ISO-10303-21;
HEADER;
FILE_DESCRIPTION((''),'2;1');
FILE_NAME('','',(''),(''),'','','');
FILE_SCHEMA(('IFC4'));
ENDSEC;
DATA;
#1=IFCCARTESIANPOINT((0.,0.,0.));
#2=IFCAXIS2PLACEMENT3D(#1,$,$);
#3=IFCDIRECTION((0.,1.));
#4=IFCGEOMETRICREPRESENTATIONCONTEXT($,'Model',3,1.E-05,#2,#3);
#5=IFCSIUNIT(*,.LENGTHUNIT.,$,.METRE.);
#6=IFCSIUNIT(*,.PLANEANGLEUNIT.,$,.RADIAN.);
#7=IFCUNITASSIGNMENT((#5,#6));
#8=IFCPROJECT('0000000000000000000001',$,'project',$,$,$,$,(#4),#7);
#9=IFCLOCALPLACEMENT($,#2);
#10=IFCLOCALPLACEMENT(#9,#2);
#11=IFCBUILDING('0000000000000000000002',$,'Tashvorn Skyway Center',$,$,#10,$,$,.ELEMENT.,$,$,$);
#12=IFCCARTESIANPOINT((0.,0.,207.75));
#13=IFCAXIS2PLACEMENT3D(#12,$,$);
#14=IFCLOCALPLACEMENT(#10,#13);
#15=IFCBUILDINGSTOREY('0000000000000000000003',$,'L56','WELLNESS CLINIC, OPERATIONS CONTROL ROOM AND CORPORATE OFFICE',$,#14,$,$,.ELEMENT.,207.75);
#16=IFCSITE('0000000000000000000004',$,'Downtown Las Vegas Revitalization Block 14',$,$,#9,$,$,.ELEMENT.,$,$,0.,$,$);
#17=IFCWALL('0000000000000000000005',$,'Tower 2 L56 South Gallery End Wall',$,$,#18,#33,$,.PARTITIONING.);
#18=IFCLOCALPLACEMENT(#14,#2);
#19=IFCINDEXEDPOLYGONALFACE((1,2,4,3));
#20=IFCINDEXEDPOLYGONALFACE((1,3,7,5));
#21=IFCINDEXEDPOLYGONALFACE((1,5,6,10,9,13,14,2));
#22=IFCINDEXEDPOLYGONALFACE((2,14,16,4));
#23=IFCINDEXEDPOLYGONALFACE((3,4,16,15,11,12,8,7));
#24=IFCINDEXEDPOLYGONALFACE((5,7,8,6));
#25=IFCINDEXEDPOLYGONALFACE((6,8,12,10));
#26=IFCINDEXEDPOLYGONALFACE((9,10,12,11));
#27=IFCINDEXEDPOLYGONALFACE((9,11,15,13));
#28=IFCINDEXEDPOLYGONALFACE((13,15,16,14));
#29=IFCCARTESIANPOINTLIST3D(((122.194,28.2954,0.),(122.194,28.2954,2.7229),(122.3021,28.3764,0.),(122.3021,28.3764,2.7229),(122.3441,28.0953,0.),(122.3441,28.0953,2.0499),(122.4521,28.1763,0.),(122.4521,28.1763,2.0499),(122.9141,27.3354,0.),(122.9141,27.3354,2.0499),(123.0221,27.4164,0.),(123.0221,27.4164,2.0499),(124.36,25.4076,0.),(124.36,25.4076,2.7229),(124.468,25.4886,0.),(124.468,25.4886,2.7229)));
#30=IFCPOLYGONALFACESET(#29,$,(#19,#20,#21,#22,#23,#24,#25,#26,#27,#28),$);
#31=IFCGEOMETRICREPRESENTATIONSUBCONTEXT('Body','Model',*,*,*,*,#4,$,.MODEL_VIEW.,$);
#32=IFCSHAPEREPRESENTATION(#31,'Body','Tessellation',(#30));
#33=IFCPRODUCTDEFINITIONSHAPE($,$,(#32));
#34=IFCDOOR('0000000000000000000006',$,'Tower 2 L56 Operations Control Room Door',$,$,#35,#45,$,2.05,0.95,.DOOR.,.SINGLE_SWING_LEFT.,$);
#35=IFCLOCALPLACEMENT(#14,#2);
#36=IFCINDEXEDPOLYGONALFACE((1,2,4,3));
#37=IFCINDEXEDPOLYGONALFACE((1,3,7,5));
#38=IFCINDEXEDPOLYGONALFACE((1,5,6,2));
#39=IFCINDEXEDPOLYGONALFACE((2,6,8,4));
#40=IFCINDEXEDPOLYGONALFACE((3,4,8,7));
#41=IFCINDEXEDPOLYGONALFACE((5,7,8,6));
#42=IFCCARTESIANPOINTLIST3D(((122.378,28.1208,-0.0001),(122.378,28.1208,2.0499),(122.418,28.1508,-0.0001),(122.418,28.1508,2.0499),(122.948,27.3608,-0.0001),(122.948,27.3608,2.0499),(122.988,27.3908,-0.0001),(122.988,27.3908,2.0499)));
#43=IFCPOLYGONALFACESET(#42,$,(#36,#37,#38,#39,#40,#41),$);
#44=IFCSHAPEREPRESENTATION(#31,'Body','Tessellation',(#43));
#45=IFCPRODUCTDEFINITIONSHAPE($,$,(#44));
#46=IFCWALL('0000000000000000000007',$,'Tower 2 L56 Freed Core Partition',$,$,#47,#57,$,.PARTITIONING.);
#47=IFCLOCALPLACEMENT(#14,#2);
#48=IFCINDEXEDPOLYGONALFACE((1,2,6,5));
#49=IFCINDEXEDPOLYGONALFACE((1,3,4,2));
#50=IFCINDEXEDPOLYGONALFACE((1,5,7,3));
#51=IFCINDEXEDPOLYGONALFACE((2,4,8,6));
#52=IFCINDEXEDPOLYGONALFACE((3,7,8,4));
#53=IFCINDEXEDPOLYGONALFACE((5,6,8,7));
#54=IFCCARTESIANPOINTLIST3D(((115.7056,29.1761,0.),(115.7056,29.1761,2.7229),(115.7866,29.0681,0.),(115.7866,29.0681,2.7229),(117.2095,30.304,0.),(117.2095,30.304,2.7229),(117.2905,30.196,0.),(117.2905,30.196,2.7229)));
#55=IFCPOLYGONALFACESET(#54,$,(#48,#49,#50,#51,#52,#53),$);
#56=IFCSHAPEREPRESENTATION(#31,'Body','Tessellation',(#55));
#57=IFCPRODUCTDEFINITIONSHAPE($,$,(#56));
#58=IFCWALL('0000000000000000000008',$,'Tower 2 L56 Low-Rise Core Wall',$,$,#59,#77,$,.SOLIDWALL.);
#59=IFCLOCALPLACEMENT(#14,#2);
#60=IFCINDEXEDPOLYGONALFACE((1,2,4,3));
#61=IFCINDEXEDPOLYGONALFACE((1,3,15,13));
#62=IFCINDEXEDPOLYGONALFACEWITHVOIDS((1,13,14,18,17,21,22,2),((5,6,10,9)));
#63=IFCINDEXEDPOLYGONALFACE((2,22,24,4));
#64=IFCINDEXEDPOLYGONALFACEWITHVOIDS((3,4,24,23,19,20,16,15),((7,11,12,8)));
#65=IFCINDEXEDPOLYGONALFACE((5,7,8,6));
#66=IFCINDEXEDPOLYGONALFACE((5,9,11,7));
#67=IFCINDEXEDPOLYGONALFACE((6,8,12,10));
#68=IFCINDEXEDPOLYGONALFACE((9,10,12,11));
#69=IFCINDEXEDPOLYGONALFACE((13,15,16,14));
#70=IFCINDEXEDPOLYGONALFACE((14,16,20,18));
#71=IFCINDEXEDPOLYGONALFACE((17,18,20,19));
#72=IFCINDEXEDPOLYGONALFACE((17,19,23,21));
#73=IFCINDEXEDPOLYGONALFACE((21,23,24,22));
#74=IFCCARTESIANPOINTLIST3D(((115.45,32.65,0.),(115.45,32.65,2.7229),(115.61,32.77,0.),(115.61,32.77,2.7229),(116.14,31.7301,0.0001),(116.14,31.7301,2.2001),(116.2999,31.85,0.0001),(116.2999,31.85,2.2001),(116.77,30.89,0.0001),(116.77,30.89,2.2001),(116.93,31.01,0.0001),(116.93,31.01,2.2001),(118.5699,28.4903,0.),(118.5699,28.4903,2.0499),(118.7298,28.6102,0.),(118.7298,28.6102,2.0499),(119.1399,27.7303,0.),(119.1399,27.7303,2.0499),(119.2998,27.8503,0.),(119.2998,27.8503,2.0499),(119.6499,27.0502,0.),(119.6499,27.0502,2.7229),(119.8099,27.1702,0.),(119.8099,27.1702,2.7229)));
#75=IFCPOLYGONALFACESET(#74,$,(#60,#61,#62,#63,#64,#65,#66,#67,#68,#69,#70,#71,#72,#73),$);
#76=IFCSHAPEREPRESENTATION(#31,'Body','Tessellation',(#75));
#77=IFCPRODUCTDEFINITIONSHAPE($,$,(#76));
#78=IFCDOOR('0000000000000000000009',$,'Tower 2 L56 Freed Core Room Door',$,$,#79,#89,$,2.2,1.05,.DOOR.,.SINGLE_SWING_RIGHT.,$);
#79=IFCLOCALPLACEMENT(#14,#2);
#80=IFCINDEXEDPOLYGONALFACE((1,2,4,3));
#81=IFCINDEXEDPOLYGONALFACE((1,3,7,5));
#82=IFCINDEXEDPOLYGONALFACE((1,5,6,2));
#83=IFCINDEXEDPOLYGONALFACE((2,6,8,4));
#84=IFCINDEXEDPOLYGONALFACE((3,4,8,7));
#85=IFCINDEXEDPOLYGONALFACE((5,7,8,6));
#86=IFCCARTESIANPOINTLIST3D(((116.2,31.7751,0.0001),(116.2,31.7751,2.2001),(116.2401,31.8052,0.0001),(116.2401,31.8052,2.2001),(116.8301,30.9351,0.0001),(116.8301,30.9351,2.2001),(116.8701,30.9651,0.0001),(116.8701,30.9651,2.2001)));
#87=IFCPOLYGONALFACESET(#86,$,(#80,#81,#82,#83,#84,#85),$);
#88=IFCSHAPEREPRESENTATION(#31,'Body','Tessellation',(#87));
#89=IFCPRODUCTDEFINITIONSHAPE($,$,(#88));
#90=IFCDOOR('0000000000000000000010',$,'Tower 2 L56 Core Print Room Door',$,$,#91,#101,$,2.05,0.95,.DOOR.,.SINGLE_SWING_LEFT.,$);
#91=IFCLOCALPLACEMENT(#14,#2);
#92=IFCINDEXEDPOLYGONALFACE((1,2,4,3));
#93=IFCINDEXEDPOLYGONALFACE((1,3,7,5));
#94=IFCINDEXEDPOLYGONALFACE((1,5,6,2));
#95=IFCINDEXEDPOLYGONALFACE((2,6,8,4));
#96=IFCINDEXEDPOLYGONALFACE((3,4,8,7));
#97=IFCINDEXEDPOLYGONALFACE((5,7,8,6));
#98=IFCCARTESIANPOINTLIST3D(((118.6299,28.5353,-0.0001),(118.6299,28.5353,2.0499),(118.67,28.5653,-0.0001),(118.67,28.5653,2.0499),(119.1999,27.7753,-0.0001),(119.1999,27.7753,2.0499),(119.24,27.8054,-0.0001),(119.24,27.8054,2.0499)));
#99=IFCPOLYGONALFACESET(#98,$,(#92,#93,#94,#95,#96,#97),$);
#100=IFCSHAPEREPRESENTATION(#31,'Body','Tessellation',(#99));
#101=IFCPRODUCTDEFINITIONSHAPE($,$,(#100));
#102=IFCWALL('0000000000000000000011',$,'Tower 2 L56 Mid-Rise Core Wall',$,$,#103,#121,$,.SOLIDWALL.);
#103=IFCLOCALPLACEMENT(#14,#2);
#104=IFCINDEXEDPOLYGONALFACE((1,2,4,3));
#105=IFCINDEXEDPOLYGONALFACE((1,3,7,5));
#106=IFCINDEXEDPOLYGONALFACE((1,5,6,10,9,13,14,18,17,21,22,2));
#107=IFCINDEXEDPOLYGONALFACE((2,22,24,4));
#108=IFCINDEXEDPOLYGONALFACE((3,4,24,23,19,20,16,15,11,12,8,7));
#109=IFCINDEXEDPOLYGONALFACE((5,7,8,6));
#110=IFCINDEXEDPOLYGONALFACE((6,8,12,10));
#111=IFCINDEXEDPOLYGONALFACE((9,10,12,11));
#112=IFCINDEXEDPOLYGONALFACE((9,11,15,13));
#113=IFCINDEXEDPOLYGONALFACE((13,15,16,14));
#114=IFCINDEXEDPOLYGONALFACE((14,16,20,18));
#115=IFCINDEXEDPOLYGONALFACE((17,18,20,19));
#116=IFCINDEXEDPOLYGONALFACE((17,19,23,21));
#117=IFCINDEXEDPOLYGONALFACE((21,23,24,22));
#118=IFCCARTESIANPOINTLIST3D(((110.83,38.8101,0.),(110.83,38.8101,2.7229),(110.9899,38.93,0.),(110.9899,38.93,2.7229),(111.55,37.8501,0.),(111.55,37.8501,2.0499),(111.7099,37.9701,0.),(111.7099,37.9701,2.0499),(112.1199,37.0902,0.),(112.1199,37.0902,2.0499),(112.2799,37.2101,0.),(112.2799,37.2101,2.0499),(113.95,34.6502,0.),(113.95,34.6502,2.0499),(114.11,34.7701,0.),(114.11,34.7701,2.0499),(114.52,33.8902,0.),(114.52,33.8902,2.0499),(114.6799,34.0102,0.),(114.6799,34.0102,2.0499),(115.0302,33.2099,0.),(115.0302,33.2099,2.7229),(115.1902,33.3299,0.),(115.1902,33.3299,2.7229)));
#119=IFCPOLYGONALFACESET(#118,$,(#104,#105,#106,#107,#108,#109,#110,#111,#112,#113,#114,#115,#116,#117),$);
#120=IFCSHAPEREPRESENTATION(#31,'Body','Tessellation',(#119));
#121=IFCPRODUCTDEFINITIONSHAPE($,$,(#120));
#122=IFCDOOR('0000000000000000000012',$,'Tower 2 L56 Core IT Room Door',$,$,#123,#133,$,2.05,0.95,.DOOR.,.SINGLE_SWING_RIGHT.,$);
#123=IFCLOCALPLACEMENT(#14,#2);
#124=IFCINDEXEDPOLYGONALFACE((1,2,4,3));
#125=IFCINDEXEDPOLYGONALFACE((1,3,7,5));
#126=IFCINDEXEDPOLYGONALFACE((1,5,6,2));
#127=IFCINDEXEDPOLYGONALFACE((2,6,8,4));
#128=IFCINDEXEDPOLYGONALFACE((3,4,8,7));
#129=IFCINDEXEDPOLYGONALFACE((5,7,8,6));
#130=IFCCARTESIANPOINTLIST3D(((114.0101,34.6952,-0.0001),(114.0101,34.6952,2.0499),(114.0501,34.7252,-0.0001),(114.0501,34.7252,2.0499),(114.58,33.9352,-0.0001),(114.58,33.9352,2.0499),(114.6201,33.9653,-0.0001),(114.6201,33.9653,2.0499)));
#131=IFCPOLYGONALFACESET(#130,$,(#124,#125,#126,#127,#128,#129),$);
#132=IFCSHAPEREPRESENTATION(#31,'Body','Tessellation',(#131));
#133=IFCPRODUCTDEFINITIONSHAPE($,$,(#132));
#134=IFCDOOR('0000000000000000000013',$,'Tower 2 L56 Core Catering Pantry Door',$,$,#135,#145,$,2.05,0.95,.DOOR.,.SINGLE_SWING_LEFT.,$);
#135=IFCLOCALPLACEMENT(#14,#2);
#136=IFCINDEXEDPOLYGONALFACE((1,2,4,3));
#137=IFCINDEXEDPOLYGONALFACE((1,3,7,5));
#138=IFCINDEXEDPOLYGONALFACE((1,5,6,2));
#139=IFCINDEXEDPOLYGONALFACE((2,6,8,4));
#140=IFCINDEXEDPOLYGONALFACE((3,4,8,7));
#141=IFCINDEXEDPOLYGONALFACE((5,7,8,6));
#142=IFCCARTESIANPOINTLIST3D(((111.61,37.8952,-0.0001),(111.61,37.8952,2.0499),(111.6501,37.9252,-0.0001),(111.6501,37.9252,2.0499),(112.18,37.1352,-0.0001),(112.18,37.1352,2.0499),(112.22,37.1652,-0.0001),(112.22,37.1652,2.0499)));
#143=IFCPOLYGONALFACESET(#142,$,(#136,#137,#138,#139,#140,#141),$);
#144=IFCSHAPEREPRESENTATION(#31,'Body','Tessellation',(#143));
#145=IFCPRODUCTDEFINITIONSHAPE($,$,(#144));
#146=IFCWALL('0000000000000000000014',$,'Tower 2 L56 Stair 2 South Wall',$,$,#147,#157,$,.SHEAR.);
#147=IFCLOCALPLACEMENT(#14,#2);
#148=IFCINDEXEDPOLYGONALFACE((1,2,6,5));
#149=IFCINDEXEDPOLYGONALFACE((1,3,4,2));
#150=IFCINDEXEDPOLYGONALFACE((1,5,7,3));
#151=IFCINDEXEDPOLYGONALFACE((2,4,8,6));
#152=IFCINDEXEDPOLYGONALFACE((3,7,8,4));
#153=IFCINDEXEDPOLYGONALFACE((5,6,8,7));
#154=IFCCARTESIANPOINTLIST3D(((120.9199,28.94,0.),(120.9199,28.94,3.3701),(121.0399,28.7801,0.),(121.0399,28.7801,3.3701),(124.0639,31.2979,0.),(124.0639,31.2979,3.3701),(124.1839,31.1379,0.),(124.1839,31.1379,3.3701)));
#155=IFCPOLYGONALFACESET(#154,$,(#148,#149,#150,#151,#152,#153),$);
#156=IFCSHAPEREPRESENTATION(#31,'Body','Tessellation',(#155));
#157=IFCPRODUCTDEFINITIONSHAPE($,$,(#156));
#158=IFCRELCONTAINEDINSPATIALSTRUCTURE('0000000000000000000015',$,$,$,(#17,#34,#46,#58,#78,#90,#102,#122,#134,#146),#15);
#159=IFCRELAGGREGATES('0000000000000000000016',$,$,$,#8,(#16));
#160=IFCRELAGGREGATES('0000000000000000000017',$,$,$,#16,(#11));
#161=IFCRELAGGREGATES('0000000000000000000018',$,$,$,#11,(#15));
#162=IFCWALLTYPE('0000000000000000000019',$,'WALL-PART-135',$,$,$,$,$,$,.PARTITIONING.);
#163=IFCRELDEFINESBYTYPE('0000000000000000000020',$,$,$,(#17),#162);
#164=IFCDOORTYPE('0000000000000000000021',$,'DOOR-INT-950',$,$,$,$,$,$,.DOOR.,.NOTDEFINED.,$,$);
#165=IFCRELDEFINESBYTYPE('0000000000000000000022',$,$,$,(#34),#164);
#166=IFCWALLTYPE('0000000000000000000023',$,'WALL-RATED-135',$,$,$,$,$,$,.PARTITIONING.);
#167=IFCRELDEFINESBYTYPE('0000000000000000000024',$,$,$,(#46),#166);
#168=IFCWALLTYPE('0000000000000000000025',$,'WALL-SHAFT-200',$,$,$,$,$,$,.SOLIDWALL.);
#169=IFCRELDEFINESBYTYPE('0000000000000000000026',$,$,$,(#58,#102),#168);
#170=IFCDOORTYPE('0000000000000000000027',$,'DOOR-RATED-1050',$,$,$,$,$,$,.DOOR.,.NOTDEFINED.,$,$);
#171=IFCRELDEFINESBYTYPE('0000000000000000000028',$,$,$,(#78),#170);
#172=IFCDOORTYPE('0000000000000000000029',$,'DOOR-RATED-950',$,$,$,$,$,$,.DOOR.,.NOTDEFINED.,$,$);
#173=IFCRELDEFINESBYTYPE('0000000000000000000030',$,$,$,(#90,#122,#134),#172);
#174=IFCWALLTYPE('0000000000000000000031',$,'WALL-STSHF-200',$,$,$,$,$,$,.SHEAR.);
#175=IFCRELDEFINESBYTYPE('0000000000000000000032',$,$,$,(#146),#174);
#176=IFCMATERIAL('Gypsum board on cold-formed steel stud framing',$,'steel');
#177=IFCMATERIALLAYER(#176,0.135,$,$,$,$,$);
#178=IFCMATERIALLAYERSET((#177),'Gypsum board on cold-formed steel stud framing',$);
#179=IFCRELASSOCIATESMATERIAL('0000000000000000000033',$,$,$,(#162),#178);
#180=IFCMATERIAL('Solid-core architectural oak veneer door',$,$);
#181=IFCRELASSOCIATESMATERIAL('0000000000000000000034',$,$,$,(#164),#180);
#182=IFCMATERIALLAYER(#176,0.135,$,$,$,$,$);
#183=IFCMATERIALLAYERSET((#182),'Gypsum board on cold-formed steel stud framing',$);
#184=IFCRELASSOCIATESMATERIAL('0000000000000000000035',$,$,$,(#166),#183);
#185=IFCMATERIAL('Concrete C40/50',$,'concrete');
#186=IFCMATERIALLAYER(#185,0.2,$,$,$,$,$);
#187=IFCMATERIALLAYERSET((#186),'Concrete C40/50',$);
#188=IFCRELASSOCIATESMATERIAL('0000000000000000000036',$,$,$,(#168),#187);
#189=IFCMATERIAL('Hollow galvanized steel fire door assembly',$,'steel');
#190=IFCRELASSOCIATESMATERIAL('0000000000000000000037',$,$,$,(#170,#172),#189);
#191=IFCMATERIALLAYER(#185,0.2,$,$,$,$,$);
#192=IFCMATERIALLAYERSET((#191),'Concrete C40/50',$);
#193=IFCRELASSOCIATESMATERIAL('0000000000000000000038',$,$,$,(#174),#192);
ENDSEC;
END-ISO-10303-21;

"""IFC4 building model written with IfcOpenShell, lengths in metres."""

from ifc_helpers import new_model, si_unit, direction, frame, frame_2d, origin, place, context, subcontext, project, spatial, rectangle, extrude, material, layer, layer_set, type_object, element, fill, save


model = new_model("IFC4")

# Units and contexts
model_context = context("Model", 3, precision=1e-05, world=origin(), true_north=direction((0.0, 1.0)))
body_context = subcontext(model_context, "Body", "Model", "MODEL_VIEW")
ifc_project = project(units=[si_unit("LENGTHUNIT", "METRE"), si_unit("PLANEANGLEUNIT", "RADIAN")], contexts=[model_context])

# Site, building, storey
site_placement = place(None, origin())
site = spatial("IfcSite", under=ifc_project, at=site_placement, Name="Downtown Las Vegas Revitalization Block 14", CompositionType="ELEMENT", RefElevation=0.0)
building_placement = place(site_placement, origin())
building = spatial("IfcBuilding", under=site, at=building_placement, Name="Tashvorn Skyway Center", CompositionType="ELEMENT")
storey_placement = place(building_placement, frame((0.0, 0.0, 207.75)))
storey = spatial("IfcBuildingStorey", under=building, at=storey_placement, Name="L56", Description="WELLNESS CLINIC, OPERATIONS CONTROL ROOM AND CORPORATE OFFICE", CompositionType="ELEMENT", Elevation=207.75)

# Wall, opening, door
ifc_material_1 = material(Name="Gypsum board on cold-formed steel stud framing", Category="steel")
ifc_layer_1 = layer(ifc_material_1, 0.135)
ifc_layer_set_1 = layer_set([ifc_layer_1], Name="Gypsum board on cold-formed steel stud framing")
wall_type_1 = type_object("IfcWallType", Name="WALL-PART-135", PredefinedType="PARTITIONING", material=ifc_layer_set_1)
wall_1_placement = place(storey_placement, frame((122.248, 28.3359, 0.0), z_axis=(0.0, 0.0, 1.0), x_axis=(0.600011, -0.799992, 0.0)))
wall_1 = element("IfcWall", 1, at=wall_1_placement, inside=storey, type_object=wall_type_1, Name="Tower 2 L56 South Gallery End Wall", PredefinedType="PARTITIONING", context=body_context, shape_type="SweptSolid", body=[
    extrude(rectangle(XDim=3.6099, YDim=0.135, at=frame_2d((1.8049, 0.0))), origin(), (0.0, 0.0, 1.0), 2.7229),
])
opening_1_placement = place(wall_1_placement, frame((0.25, 0.0, 0.0)))
opening_1 = element("IfcOpeningElement", 2, at=opening_1_placement, cuts=wall_1, PredefinedType="OPENING", context=body_context, shape_type="SweptSolid", body=[
    extrude(rectangle(XDim=0.95, YDim=2.05, at=frame_2d((0.4751, 1.0249))), frame((0.0, 0.0774, 0.0), z_axis=(0.0, -1.0, 0.0), x_axis=(1.0, 0.0, 0.0)), (0.0, 0.0, 1.0), 0.155),
])
ifc_material_2 = material(Name="Solid-core architectural oak veneer door")
door_type_1 = type_object("IfcDoorType", Name="DOOR-INT-950", OperationType="NOTDEFINED", PredefinedType="DOOR", material=ifc_material_2)
door_1_placement = place(opening_1_placement, origin())
door_1 = element("IfcDoor", 3, at=door_1_placement, inside=storey, type_object=door_type_1, Name="Tower 2 L56 Operations Control Room Door", OperationType="SINGLE_SWING_LEFT", OverallHeight=2.05, OverallWidth=0.95, PredefinedType="DOOR", context=body_context, shape_type="SweptSolid", body=[
    extrude(rectangle(XDim=0.95, YDim=2.05, at=frame_2d((0.4751, 1.0249))), frame((0.0, 0.0249, 0.0), z_axis=(0.0, -1.0, 0.0), x_axis=(1.0, 0.0, 0.0)), (0.0, 0.0, 1.0), 0.05),
])
fill(opening_1, door_1)

# Wall
ifc_layer_2 = layer(ifc_material_1, 0.135)
ifc_layer_set_2 = layer_set([ifc_layer_2], Name="Gypsum board on cold-formed steel stud framing")
wall_type_2 = type_object("IfcWallType", Name="WALL-RATED-135", PredefinedType="PARTITIONING", material=ifc_layer_set_2)
wall_2_placement = place(storey_placement, frame((115.7461, 29.1221, 0.0), z_axis=(0.0, 0.0, 1.0), x_axis=(0.8, 0.6, 0.0)))
element("IfcWall", 4, at=wall_2_placement, inside=storey, type_object=wall_type_2, Name="Tower 2 L56 Freed Core Partition", PredefinedType="PARTITIONING", context=body_context, shape_type="SweptSolid", body=[
    extrude(rectangle(XDim=1.8799, YDim=0.135, at=frame_2d((0.9399, 0.0))), origin(), (0.0, 0.0, 1.0), 2.7229),
])

# Walls, openings, doors
ifc_material_3 = material(Name="Concrete C40/50", Category="concrete")
ifc_layer_3 = layer(ifc_material_3, 0.2)
ifc_layer_set_3 = layer_set([ifc_layer_3], Name="Concrete C40/50")
wall_type_3 = type_object("IfcWallType", Name="WALL-SHAFT-200", PredefinedType="SOLIDWALL", material=ifc_layer_set_3)
wall_3_placement = place(storey_placement, frame((119.73, 27.1101, 0.0), z_axis=(0.0, 0.0, 1.0), x_axis=(-0.600006, 0.799996, 0.0)))
wall_3 = element("IfcWall", 5, at=wall_3_placement, inside=storey, type_object=wall_type_3, Name="Tower 2 L56 Low-Rise Core Wall", PredefinedType="SOLIDWALL", context=body_context, shape_type="SweptSolid", body=[
    extrude(rectangle(XDim=6.9998, YDim=0.2, at=frame_2d((3.5, 0.0))), origin(), (0.0, 0.0, 1.0), 2.7229),
])
opening_2_placement = place(wall_3_placement, frame((0.8501, 0.0, 0.0)))
opening_2 = element("IfcOpeningElement", 6, at=opening_2_placement, cuts=wall_3, PredefinedType="OPENING", context=body_context, shape_type="SweptSolid", body=[
    extrude(rectangle(XDim=0.95, YDim=2.05, at=frame_2d((0.4751, 1.0249))), frame((0.0, 0.1099, 0.0), z_axis=(0.0, -1.0, 0.0), x_axis=(1.0, 0.0, 0.0)), (0.0, 0.0, 1.0), 0.22),
])
opening_3_placement = place(wall_3_placement, frame((4.8, 0.0, 0.0)))
opening_3 = element("IfcOpeningElement", 7, at=opening_3_placement, cuts=wall_3, PredefinedType="OPENING", context=body_context, shape_type="SweptSolid", body=[
    extrude(rectangle(XDim=1.05, YDim=2.2, at=frame_2d((0.5249, 1.1001))), frame((0.0, 0.1099, 0.0), z_axis=(0.0, -1.0, 0.0), x_axis=(1.0, 0.0, 0.0)), (0.0, 0.0, 1.0), 0.22),
])
ifc_material_4 = material(Name="Hollow galvanized steel fire door assembly", Category="steel")
door_type_2 = type_object("IfcDoorType", Name="DOOR-RATED-1050", OperationType="NOTDEFINED", PredefinedType="DOOR", material=ifc_material_4)
door_2_placement = place(opening_3_placement, origin())
door_2 = element("IfcDoor", 8, at=door_2_placement, inside=storey, type_object=door_type_2, Name="Tower 2 L56 Freed Core Room Door", OperationType="SINGLE_SWING_RIGHT", OverallHeight=2.2, OverallWidth=1.05, PredefinedType="DOOR", context=body_context, shape_type="SweptSolid", body=[
    extrude(rectangle(XDim=1.05, YDim=2.2, at=frame_2d((0.5249, 1.1001))), frame((0.0, 0.0249, 0.0), z_axis=(0.0, -1.0, 0.0), x_axis=(1.0, 0.0, 0.0)), (0.0, 0.0, 1.0), 0.05),
])
fill(opening_3, door_2)
door_type_3 = type_object("IfcDoorType", Name="DOOR-RATED-950", OperationType="NOTDEFINED", PredefinedType="DOOR", material=ifc_material_4)
door_3_placement = place(opening_2_placement, origin())
door_3 = element("IfcDoor", 9, at=door_3_placement, inside=storey, type_object=door_type_3, Name="Tower 2 L56 Core Print Room Door", OperationType="SINGLE_SWING_LEFT", OverallHeight=2.05, OverallWidth=0.95, PredefinedType="DOOR", context=body_context, shape_type="SweptSolid", body=[
    extrude(rectangle(XDim=0.95, YDim=2.05, at=frame_2d((0.4751, 1.0249))), frame((0.0, 0.0249, 0.0), z_axis=(0.0, -1.0, 0.0), x_axis=(1.0, 0.0, 0.0)), (0.0, 0.0, 1.0), 0.05),
])
fill(opening_2, door_3)
wall_4_placement = place(storey_placement, frame((115.1101, 33.27, 0.0), z_axis=(0.0, 0.0, 1.0), x_axis=(-0.600011, 0.799992, 0.0)))
wall_4 = element("IfcWall", 10, at=wall_4_placement, inside=storey, type_object=wall_type_3, Name="Tower 2 L56 Mid-Rise Core Wall", PredefinedType="SOLIDWALL", context=body_context, shape_type="SweptSolid", body=[
    extrude(rectangle(XDim=7.0002, YDim=0.2, at=frame_2d((3.5, 0.0))), origin(), (0.0, 0.0, 1.0), 2.7229),
])
opening_4_placement = place(wall_4_placement, frame((0.8501, 0.0, 0.0)))
opening_4 = element("IfcOpeningElement", 11, at=opening_4_placement, cuts=wall_4, PredefinedType="OPENING", context=body_context, shape_type="SweptSolid", body=[
    extrude(rectangle(XDim=0.95, YDim=2.05, at=frame_2d((0.4751, 1.0249))), frame((0.0, 0.1099, 0.0), z_axis=(0.0, -1.0, 0.0), x_axis=(1.0, 0.0, 0.0)), (0.0, 0.0, 1.0), 0.22),
])
opening_5_placement = place(wall_4_placement, frame((4.8501, 0.0, 0.0)))
opening_5 = element("IfcOpeningElement", 12, at=opening_5_placement, cuts=wall_4, PredefinedType="OPENING", context=body_context, shape_type="SweptSolid", body=[
    extrude(rectangle(XDim=0.95, YDim=2.05, at=frame_2d((0.4751, 1.0249))), frame((0.0, 0.1099, 0.0), z_axis=(0.0, -1.0, 0.0), x_axis=(1.0, 0.0, 0.0)), (0.0, 0.0, 1.0), 0.22),
])
door_4_placement = place(opening_4_placement, origin())
door_4 = element("IfcDoor", 13, at=door_4_placement, inside=storey, type_object=door_type_3, Name="Tower 2 L56 Core IT Room Door", OperationType="SINGLE_SWING_RIGHT", OverallHeight=2.05, OverallWidth=0.95, PredefinedType="DOOR", context=body_context, shape_type="SweptSolid", body=[
    extrude(rectangle(XDim=0.95, YDim=2.05, at=frame_2d((0.4751, 1.0249))), frame((0.0, 0.0249, 0.0), z_axis=(0.0, -1.0, 0.0), x_axis=(1.0, 0.0, 0.0)), (0.0, 0.0, 1.0), 0.05),
])
fill(opening_4, door_4)
door_5_placement = place(opening_5_placement, origin())
door_5 = element("IfcDoor", 14, at=door_5_placement, inside=storey, type_object=door_type_3, Name="Tower 2 L56 Core Catering Pantry Door", OperationType="SINGLE_SWING_LEFT", OverallHeight=2.05, OverallWidth=0.95, PredefinedType="DOOR", context=body_context, shape_type="SweptSolid", body=[
    extrude(rectangle(XDim=0.95, YDim=2.05, at=frame_2d((0.4751, 1.0249))), frame((0.0, 0.0249, 0.0), z_axis=(0.0, -1.0, 0.0), x_axis=(1.0, 0.0, 0.0)), (0.0, 0.0, 1.0), 0.05),
])
fill(opening_5, door_5)

# Wall
ifc_layer_4 = layer(ifc_material_3, 0.2)
ifc_layer_set_4 = layer_set([ifc_layer_4], Name="Concrete C40/50")
wall_type_4 = type_object("IfcWallType", Name="WALL-STSHF-200", PredefinedType="SHEAR", material=ifc_layer_set_4)
wall_5_placement = place(storey_placement, frame((120.98, 28.8601, 0.0), z_axis=(0.0, 0.0, 1.0), x_axis=(0.800015, 0.59998, 0.0)))
element("IfcWall", 15, at=wall_5_placement, inside=storey, type_object=wall_type_4, Name="Tower 2 L56 Stair 2 South Wall", PredefinedType="SHEAR", context=body_context, shape_type="SweptSolid", body=[
    extrude(rectangle(XDim=3.9299, YDim=0.2, at=frame_2d((1.9648, 0.0))), origin(), (0.0, 0.0, 1.0), 3.3701),
])

save(model, "model.ifc")
